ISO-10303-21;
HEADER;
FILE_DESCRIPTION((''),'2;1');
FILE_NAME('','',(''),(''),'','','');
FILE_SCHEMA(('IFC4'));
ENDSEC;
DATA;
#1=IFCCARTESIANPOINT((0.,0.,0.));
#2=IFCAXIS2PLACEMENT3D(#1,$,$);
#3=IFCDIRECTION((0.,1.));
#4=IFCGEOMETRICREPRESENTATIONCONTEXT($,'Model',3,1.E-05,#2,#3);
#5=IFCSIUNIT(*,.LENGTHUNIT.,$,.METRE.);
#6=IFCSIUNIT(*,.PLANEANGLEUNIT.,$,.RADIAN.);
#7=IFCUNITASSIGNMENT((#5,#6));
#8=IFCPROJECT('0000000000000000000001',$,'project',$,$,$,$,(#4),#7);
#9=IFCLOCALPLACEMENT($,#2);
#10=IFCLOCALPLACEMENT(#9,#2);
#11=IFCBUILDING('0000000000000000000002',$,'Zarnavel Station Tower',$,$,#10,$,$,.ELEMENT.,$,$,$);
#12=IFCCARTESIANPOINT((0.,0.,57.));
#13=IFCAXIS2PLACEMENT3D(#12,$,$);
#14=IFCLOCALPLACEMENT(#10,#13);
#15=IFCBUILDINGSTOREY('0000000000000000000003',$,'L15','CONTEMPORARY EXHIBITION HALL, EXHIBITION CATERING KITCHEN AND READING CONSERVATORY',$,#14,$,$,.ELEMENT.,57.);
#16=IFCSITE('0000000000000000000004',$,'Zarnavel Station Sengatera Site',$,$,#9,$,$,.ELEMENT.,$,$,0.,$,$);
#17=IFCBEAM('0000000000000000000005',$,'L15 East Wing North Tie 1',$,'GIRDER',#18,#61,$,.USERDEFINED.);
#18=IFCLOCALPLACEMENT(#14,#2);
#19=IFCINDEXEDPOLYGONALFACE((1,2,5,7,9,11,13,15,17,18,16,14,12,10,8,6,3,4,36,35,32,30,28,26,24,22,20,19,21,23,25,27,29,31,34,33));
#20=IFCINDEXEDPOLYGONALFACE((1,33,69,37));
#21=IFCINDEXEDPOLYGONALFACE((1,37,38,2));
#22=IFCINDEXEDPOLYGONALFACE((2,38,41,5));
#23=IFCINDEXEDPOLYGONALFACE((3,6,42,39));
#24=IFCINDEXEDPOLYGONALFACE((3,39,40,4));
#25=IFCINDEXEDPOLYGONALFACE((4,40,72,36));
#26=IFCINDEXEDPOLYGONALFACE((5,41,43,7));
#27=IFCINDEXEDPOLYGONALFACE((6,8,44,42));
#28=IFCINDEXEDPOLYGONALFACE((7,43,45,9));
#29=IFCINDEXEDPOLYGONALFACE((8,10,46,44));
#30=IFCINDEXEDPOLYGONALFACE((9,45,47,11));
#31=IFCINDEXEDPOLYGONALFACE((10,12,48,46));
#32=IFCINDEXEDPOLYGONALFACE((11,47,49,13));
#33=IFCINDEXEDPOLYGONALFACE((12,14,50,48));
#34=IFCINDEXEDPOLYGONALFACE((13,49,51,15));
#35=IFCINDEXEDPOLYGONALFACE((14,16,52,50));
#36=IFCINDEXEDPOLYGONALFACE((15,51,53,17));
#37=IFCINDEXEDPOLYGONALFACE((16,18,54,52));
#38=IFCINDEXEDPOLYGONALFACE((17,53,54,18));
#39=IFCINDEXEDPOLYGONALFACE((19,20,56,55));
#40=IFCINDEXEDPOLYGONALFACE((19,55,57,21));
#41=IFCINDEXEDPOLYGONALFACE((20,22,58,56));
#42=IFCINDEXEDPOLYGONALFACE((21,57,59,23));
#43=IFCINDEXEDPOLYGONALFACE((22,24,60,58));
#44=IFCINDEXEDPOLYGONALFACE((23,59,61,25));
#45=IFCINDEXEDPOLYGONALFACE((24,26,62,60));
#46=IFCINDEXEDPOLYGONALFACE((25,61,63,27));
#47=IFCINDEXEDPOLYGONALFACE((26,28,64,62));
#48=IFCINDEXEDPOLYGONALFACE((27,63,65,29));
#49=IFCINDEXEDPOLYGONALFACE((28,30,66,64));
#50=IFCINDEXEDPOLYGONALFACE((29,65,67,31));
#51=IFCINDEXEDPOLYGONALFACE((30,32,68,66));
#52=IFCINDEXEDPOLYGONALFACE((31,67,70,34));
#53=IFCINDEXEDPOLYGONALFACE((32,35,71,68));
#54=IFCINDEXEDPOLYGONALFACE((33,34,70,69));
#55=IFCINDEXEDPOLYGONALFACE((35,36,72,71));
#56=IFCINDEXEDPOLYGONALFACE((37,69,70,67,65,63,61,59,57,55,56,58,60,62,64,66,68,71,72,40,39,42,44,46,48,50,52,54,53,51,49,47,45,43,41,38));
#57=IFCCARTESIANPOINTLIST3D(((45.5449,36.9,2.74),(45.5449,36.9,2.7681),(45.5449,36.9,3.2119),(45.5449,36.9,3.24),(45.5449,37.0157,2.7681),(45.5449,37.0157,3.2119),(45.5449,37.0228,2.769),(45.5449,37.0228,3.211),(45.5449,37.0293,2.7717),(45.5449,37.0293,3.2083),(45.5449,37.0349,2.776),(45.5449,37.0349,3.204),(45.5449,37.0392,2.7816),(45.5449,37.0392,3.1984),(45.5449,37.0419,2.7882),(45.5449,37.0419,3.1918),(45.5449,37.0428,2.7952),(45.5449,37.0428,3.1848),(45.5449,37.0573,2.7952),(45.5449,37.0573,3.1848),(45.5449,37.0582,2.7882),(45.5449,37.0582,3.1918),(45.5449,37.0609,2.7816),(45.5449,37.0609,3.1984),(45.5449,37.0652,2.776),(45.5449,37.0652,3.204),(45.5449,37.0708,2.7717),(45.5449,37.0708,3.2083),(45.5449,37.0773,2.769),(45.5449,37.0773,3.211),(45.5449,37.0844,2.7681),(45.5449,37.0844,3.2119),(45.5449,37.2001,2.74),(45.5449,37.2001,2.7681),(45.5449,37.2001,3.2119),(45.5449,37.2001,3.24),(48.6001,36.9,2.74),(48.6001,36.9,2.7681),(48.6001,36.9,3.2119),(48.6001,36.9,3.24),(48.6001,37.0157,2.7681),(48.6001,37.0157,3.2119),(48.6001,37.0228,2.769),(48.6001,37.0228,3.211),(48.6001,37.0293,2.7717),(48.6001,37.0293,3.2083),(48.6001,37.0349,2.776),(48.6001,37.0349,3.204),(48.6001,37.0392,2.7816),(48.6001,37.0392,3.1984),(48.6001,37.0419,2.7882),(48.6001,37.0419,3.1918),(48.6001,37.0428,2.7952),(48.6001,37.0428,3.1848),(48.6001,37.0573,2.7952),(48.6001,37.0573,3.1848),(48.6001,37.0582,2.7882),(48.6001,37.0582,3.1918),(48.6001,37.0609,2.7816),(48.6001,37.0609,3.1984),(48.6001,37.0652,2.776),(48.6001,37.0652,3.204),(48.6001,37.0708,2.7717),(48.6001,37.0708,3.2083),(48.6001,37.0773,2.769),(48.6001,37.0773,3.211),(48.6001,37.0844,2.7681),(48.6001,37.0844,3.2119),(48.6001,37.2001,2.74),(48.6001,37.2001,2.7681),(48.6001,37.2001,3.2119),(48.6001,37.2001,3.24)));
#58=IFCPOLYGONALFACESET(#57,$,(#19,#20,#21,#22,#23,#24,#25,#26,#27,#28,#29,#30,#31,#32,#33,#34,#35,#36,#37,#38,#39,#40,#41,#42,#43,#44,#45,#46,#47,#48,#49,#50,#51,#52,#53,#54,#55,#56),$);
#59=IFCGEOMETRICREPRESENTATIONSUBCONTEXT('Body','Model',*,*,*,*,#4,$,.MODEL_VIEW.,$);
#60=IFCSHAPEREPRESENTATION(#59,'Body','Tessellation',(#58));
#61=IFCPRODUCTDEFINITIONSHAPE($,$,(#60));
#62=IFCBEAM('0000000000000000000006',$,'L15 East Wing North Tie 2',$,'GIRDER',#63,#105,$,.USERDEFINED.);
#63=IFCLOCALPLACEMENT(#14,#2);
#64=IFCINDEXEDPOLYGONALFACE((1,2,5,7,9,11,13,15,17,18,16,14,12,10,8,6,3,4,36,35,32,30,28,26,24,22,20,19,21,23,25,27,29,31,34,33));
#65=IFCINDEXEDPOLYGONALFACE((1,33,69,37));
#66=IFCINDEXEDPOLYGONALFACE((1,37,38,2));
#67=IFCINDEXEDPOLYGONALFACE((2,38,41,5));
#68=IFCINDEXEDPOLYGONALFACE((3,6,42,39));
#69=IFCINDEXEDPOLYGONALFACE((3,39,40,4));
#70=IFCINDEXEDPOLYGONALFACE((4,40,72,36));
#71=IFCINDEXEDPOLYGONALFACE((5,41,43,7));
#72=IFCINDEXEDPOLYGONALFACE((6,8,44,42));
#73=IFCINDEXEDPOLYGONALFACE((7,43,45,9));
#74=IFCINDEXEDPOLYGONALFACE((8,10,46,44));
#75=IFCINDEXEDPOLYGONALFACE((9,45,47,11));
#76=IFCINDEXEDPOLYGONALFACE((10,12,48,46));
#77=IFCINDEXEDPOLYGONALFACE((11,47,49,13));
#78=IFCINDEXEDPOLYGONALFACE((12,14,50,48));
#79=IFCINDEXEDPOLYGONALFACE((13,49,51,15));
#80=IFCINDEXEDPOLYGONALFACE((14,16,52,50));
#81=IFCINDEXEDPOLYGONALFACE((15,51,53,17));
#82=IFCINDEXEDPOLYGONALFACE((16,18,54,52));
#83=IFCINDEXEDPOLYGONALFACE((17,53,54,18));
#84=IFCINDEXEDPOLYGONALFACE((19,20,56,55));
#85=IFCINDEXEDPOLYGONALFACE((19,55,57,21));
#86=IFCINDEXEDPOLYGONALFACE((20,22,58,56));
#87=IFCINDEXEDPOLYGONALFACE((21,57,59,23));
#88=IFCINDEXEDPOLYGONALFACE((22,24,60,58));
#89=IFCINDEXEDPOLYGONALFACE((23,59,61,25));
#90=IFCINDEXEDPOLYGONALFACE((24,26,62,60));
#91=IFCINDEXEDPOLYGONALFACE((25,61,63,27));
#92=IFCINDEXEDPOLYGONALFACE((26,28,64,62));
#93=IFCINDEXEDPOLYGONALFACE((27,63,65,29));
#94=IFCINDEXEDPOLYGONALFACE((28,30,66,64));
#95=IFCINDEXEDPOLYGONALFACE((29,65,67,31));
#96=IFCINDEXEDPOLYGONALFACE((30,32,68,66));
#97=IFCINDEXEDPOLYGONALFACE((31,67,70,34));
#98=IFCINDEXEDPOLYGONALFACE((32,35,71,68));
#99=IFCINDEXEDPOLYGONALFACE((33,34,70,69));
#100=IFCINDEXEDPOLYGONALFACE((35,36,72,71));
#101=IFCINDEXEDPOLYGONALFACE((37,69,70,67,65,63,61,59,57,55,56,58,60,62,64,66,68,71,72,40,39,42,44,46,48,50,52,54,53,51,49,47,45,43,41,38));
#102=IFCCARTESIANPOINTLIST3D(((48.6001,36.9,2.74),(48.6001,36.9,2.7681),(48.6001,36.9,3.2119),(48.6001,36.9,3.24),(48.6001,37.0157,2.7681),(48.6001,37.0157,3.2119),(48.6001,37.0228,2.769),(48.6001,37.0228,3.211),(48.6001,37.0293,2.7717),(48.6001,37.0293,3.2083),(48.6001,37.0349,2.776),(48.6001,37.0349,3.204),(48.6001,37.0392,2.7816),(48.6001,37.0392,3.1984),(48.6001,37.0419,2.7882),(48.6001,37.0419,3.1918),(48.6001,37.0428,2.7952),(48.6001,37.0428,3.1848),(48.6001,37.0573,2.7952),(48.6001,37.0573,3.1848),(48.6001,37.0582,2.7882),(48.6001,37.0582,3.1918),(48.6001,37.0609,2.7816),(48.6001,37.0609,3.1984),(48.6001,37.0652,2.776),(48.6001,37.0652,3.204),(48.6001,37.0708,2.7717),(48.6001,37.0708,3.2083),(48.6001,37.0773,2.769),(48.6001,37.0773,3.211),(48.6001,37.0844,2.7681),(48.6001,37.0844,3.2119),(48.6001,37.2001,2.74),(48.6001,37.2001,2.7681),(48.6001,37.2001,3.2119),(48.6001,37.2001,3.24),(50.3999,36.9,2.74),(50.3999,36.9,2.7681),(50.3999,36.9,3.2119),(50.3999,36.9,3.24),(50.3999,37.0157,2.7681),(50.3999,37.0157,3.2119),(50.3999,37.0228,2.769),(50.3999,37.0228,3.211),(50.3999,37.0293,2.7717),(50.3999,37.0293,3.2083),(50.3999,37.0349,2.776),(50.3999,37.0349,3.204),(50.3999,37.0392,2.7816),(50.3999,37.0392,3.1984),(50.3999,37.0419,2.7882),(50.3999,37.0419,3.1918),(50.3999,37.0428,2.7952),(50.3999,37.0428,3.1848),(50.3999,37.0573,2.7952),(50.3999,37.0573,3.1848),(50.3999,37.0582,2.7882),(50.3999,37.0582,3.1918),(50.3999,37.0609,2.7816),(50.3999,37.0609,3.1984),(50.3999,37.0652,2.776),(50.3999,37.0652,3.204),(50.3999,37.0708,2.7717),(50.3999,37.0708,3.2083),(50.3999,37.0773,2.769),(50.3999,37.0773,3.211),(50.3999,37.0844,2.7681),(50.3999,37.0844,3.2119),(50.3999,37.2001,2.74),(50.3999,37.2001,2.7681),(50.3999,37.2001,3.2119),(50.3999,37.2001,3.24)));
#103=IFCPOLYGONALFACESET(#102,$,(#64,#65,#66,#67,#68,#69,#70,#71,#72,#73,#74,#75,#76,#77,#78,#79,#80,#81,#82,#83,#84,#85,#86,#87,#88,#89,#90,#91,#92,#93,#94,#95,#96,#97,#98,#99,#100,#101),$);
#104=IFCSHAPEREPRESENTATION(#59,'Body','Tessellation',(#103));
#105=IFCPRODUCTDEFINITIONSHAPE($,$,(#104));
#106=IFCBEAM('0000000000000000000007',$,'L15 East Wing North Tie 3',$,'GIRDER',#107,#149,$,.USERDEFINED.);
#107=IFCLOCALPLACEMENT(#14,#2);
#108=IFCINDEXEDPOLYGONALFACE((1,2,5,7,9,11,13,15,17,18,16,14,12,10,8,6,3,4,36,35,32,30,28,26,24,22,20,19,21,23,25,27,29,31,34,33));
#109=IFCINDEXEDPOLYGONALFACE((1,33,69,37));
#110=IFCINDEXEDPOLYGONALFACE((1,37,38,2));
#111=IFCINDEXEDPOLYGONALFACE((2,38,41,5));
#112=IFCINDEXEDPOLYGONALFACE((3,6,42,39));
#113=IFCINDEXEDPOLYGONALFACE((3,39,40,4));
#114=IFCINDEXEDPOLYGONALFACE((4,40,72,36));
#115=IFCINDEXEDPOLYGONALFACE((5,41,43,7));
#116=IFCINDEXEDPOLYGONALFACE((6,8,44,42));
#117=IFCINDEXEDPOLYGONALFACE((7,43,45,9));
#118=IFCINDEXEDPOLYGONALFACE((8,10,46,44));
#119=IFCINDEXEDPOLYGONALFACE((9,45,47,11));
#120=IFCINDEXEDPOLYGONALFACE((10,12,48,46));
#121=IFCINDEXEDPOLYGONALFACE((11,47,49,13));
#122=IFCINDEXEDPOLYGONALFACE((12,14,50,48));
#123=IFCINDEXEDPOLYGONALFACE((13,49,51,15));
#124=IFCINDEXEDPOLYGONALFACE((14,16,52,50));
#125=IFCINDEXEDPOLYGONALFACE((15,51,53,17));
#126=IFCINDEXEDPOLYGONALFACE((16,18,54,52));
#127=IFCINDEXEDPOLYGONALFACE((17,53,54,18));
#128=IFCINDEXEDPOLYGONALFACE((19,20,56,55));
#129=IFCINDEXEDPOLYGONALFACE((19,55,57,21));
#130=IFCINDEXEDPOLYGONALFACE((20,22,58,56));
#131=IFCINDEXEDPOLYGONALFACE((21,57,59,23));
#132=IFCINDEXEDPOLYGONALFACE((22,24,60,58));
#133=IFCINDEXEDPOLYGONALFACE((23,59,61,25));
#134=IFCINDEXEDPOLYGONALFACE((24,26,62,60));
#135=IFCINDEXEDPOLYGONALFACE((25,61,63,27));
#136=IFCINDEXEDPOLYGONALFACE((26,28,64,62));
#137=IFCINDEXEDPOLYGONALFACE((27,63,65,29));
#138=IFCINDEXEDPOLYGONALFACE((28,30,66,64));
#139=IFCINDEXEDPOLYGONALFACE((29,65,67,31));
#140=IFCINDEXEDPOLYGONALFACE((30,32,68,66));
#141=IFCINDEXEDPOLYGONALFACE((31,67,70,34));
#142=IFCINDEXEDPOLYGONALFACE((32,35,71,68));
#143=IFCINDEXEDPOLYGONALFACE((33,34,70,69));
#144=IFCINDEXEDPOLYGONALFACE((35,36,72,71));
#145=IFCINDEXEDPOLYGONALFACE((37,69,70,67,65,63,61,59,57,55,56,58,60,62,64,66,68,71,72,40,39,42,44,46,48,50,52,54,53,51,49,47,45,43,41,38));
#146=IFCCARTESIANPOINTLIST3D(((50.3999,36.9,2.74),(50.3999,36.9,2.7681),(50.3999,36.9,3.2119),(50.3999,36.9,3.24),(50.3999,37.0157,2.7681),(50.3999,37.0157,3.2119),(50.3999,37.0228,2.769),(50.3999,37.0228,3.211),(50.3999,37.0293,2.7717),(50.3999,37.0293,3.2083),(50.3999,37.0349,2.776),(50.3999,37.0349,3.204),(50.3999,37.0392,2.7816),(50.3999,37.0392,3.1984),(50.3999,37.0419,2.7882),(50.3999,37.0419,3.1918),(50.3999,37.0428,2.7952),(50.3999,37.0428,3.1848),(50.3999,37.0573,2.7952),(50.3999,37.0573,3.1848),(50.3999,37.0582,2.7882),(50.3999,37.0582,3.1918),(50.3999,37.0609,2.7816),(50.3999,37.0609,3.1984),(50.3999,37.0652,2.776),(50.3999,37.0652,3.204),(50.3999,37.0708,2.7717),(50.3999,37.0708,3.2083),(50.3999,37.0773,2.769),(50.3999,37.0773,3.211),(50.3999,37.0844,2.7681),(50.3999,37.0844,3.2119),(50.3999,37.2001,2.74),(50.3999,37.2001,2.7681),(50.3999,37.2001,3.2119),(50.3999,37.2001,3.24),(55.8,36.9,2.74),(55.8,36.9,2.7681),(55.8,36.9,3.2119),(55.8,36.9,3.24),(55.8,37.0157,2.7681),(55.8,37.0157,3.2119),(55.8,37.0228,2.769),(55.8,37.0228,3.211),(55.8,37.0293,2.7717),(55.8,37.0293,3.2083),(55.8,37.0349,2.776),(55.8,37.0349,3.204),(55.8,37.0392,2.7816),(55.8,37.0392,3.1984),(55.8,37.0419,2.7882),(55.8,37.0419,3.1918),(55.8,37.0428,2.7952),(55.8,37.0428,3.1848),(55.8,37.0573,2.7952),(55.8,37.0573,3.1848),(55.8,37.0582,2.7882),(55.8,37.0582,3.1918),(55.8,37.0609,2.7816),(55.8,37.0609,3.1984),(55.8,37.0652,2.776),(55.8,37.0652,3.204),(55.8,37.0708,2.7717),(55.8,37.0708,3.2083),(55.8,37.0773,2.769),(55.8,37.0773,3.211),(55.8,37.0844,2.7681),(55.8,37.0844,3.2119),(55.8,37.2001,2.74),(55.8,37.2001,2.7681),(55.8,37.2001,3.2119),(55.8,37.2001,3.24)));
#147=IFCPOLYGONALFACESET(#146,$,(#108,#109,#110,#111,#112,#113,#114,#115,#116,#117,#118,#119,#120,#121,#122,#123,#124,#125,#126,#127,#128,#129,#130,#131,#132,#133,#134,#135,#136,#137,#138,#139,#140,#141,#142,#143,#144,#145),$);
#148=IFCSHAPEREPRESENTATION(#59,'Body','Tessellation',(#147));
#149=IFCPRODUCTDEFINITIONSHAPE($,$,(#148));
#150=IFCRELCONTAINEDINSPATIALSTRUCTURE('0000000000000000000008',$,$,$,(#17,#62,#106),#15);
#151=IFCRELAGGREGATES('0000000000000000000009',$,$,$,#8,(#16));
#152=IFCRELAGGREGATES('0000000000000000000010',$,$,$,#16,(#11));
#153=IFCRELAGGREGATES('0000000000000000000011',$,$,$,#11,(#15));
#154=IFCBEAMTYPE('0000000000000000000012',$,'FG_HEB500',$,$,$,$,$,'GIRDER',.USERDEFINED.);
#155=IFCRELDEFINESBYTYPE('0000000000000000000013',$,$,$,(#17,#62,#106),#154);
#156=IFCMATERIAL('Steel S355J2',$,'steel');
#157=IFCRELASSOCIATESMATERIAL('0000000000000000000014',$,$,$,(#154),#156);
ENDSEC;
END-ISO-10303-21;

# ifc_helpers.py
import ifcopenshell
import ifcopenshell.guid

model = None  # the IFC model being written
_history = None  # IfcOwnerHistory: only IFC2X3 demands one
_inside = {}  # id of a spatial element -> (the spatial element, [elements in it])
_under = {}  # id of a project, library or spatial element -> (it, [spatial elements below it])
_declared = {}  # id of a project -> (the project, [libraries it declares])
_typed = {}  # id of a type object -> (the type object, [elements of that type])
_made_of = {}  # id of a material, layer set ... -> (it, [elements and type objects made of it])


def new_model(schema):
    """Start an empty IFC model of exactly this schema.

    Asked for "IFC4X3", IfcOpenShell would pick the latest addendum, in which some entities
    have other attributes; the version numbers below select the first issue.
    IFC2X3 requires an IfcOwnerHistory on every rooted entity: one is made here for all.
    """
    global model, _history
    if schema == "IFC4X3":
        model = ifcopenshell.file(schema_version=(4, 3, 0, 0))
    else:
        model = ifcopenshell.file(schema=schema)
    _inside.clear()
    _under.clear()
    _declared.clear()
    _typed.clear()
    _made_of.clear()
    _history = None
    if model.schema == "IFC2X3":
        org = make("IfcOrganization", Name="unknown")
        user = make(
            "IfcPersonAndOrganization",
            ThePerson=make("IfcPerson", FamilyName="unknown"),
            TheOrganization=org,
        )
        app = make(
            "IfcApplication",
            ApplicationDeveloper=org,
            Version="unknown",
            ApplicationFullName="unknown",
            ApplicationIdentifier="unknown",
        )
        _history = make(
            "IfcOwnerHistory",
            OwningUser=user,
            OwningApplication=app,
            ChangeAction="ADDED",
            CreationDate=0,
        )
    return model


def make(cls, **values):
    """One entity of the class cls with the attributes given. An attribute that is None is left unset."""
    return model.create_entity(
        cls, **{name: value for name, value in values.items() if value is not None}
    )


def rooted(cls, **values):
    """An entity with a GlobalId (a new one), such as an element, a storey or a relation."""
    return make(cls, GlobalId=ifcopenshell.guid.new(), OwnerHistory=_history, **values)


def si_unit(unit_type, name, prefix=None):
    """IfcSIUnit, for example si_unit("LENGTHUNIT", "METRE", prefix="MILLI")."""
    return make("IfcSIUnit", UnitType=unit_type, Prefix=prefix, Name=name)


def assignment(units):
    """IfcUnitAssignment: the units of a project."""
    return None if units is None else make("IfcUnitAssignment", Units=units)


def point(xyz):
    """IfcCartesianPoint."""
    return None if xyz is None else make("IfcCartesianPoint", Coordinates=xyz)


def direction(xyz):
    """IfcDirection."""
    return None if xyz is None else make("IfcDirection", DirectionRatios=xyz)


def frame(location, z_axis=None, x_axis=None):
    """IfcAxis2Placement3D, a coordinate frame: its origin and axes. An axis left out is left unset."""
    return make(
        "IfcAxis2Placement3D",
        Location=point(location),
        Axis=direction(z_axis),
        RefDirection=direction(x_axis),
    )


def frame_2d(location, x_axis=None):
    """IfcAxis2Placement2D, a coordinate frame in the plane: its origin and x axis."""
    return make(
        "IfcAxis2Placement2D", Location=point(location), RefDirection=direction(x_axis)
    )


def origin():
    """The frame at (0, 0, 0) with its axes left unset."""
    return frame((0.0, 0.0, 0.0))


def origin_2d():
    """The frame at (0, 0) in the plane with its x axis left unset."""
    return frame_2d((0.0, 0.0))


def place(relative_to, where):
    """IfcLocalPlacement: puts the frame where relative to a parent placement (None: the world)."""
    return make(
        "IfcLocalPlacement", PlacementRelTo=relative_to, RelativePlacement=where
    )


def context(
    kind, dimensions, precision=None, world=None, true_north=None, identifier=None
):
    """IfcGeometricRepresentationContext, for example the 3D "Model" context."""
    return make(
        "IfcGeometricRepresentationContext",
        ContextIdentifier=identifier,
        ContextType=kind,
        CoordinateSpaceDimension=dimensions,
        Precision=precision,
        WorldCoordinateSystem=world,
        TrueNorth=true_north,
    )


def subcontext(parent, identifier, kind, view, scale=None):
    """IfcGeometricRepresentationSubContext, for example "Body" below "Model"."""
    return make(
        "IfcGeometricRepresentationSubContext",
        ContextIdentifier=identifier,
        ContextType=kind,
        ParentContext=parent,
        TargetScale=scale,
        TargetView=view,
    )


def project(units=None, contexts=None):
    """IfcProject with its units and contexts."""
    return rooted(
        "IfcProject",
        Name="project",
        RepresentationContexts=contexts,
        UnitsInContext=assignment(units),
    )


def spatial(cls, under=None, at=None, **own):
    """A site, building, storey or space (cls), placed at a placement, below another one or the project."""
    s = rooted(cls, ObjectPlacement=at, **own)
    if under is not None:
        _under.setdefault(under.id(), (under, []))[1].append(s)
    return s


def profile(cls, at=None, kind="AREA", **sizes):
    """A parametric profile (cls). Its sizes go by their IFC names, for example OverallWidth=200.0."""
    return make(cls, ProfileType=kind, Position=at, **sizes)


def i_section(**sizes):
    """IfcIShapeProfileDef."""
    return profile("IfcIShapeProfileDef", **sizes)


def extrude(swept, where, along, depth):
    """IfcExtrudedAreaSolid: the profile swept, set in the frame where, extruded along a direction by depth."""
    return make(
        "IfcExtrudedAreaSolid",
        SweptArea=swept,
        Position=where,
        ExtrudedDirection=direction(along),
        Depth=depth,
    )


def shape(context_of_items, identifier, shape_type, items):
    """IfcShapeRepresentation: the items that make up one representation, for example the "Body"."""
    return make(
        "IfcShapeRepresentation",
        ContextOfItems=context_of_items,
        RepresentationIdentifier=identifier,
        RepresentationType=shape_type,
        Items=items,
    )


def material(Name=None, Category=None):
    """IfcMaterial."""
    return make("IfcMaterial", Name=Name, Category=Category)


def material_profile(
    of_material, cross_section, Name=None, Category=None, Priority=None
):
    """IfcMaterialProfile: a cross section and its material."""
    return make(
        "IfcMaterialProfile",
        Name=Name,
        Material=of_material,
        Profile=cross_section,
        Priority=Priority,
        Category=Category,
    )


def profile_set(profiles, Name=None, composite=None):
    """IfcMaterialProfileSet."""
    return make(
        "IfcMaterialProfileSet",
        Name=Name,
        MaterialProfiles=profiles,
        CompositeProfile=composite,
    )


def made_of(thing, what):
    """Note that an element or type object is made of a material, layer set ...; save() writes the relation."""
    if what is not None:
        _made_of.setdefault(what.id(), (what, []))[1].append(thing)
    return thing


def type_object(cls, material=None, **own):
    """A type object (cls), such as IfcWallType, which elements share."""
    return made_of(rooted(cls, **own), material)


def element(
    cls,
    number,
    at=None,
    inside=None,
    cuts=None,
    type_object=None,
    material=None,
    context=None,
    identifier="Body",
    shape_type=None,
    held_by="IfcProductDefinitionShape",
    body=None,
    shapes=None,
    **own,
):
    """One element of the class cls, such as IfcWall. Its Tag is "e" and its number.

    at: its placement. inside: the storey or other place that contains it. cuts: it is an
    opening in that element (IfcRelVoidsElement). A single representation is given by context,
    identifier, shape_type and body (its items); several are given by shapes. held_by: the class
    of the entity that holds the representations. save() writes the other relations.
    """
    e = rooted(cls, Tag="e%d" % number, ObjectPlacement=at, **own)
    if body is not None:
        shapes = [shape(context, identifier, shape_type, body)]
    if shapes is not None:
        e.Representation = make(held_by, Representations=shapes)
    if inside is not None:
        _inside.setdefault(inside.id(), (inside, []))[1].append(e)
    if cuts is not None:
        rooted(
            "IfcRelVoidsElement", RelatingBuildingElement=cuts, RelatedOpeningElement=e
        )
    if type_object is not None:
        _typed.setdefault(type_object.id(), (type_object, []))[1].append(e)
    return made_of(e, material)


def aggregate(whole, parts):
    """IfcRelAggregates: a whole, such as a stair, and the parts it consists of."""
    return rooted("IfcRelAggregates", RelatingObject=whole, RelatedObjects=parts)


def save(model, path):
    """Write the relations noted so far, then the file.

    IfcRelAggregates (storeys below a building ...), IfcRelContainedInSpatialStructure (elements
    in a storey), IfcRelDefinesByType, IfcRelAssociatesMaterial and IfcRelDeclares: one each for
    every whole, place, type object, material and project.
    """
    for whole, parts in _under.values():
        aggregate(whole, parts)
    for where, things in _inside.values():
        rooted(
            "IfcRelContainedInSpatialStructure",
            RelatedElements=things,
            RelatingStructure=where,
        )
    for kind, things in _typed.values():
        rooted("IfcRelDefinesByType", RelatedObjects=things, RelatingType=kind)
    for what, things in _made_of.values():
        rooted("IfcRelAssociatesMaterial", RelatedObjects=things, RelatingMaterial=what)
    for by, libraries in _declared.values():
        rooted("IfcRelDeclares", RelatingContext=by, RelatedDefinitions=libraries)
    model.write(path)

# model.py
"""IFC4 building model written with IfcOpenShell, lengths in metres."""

from ifc_helpers import new_model, si_unit, direction, frame, origin, origin_2d, place, context, subcontext, project, spatial, i_section, extrude, material, material_profile, profile_set, type_object, element, save


model = new_model("IFC4")

# Units and contexts
model_context = context("Model", 3, precision=1e-05, world=origin(), true_north=direction((0.0, 1.0)))
body_context = subcontext(model_context, "Body", "Model", "MODEL_VIEW")
ifc_project = project(units=[si_unit("LENGTHUNIT", "METRE"), si_unit("PLANEANGLEUNIT", "RADIAN")], contexts=[model_context])

# Site, building, storey
site_placement = place(None, origin())
site = spatial("IfcSite", under=ifc_project, at=site_placement, Name="Zarnavel Station Sengatera Site", CompositionType="ELEMENT", RefElevation=0.0)
building_placement = place(site_placement, origin())
building = spatial("IfcBuilding", under=site, at=building_placement, Name="Zarnavel Station Tower", CompositionType="ELEMENT")
storey_placement = place(building_placement, frame((0.0, 0.0, 57.0)))
storey = spatial("IfcBuildingStorey", under=building, at=storey_placement, Name="L15", Description="CONTEMPORARY EXHIBITION HALL, EXHIBITION CATERING KITCHEN AND READING CONSERVATORY", CompositionType="ELEMENT", Elevation=57.0)

# Beams
ifc_material_1 = material(Name="Steel S355J2", Category="steel")
ifc_material_profile_1 = material_profile(ifc_material_1, i_section(OverallWidth=0.3, OverallDepth=0.5, WebThickness=0.0144, FlangeThickness=0.0281, FilletRadius=0.0271, at=origin_2d()), Name="HEB500")
ifc_profile_set_1 = profile_set([ifc_material_profile_1], Name="Steel S355J2")
beam_type = type_object("IfcBeamType", Name="FG_HEB500", ElementType="GIRDER", PredefinedType="USERDEFINED", material=ifc_profile_set_1)
beam_1_placement = place(storey_placement, frame((45.5449, 37.05, 2.99), z_axis=(1.0, 0.0, 0.0), x_axis=(0.0, 1.0, 0.0)))
element("IfcBeam", 1, at=beam_1_placement, inside=storey, type_object=beam_type, Name="L15 East Wing North Tie 1", ObjectType="GIRDER", PredefinedType="USERDEFINED", context=body_context, shape_type="SweptSolid", body=[
    extrude(i_section(OverallWidth=0.3, OverallDepth=0.5, WebThickness=0.0144, FlangeThickness=0.0281, FilletRadius=0.0271, at=origin_2d()), origin(), (0.0, 0.0, 1.0), 3.0552),
])
beam_2_placement = place(storey_placement, frame((48.6001, 37.05, 2.99), z_axis=(1.0, 0.0, 0.0), x_axis=(0.0, 1.0, 0.0)))
element("IfcBeam", 2, at=beam_2_placement, inside=storey, type_object=beam_type, Name="L15 East Wing North Tie 2", ObjectType="GIRDER", PredefinedType="USERDEFINED", context=body_context, shape_type="SweptSolid", body=[
    extrude(i_section(OverallWidth=0.3, OverallDepth=0.5, WebThickness=0.0144, FlangeThickness=0.0281, FilletRadius=0.0271, at=origin_2d()), origin(), (0.0, 0.0, 1.0), 1.7998),
])
beam_3_placement = place(storey_placement, frame((50.3999, 37.05, 2.99), z_axis=(1.0, 0.0, 0.0), x_axis=(0.0, 1.0, 0.0)))
element("IfcBeam", 3, at=beam_3_placement, inside=storey, type_object=beam_type, Name="L15 East Wing North Tie 3", ObjectType="GIRDER", PredefinedType="USERDEFINED", context=body_context, shape_type="SweptSolid", body=[
    extrude(i_section(OverallWidth=0.3, OverallDepth=0.5, WebThickness=0.0144, FlangeThickness=0.0281, FilletRadius=0.0271, at=origin_2d()), origin(), (0.0, 0.0, 1.0), 5.4001),
])

save(model, "model.ifc")
